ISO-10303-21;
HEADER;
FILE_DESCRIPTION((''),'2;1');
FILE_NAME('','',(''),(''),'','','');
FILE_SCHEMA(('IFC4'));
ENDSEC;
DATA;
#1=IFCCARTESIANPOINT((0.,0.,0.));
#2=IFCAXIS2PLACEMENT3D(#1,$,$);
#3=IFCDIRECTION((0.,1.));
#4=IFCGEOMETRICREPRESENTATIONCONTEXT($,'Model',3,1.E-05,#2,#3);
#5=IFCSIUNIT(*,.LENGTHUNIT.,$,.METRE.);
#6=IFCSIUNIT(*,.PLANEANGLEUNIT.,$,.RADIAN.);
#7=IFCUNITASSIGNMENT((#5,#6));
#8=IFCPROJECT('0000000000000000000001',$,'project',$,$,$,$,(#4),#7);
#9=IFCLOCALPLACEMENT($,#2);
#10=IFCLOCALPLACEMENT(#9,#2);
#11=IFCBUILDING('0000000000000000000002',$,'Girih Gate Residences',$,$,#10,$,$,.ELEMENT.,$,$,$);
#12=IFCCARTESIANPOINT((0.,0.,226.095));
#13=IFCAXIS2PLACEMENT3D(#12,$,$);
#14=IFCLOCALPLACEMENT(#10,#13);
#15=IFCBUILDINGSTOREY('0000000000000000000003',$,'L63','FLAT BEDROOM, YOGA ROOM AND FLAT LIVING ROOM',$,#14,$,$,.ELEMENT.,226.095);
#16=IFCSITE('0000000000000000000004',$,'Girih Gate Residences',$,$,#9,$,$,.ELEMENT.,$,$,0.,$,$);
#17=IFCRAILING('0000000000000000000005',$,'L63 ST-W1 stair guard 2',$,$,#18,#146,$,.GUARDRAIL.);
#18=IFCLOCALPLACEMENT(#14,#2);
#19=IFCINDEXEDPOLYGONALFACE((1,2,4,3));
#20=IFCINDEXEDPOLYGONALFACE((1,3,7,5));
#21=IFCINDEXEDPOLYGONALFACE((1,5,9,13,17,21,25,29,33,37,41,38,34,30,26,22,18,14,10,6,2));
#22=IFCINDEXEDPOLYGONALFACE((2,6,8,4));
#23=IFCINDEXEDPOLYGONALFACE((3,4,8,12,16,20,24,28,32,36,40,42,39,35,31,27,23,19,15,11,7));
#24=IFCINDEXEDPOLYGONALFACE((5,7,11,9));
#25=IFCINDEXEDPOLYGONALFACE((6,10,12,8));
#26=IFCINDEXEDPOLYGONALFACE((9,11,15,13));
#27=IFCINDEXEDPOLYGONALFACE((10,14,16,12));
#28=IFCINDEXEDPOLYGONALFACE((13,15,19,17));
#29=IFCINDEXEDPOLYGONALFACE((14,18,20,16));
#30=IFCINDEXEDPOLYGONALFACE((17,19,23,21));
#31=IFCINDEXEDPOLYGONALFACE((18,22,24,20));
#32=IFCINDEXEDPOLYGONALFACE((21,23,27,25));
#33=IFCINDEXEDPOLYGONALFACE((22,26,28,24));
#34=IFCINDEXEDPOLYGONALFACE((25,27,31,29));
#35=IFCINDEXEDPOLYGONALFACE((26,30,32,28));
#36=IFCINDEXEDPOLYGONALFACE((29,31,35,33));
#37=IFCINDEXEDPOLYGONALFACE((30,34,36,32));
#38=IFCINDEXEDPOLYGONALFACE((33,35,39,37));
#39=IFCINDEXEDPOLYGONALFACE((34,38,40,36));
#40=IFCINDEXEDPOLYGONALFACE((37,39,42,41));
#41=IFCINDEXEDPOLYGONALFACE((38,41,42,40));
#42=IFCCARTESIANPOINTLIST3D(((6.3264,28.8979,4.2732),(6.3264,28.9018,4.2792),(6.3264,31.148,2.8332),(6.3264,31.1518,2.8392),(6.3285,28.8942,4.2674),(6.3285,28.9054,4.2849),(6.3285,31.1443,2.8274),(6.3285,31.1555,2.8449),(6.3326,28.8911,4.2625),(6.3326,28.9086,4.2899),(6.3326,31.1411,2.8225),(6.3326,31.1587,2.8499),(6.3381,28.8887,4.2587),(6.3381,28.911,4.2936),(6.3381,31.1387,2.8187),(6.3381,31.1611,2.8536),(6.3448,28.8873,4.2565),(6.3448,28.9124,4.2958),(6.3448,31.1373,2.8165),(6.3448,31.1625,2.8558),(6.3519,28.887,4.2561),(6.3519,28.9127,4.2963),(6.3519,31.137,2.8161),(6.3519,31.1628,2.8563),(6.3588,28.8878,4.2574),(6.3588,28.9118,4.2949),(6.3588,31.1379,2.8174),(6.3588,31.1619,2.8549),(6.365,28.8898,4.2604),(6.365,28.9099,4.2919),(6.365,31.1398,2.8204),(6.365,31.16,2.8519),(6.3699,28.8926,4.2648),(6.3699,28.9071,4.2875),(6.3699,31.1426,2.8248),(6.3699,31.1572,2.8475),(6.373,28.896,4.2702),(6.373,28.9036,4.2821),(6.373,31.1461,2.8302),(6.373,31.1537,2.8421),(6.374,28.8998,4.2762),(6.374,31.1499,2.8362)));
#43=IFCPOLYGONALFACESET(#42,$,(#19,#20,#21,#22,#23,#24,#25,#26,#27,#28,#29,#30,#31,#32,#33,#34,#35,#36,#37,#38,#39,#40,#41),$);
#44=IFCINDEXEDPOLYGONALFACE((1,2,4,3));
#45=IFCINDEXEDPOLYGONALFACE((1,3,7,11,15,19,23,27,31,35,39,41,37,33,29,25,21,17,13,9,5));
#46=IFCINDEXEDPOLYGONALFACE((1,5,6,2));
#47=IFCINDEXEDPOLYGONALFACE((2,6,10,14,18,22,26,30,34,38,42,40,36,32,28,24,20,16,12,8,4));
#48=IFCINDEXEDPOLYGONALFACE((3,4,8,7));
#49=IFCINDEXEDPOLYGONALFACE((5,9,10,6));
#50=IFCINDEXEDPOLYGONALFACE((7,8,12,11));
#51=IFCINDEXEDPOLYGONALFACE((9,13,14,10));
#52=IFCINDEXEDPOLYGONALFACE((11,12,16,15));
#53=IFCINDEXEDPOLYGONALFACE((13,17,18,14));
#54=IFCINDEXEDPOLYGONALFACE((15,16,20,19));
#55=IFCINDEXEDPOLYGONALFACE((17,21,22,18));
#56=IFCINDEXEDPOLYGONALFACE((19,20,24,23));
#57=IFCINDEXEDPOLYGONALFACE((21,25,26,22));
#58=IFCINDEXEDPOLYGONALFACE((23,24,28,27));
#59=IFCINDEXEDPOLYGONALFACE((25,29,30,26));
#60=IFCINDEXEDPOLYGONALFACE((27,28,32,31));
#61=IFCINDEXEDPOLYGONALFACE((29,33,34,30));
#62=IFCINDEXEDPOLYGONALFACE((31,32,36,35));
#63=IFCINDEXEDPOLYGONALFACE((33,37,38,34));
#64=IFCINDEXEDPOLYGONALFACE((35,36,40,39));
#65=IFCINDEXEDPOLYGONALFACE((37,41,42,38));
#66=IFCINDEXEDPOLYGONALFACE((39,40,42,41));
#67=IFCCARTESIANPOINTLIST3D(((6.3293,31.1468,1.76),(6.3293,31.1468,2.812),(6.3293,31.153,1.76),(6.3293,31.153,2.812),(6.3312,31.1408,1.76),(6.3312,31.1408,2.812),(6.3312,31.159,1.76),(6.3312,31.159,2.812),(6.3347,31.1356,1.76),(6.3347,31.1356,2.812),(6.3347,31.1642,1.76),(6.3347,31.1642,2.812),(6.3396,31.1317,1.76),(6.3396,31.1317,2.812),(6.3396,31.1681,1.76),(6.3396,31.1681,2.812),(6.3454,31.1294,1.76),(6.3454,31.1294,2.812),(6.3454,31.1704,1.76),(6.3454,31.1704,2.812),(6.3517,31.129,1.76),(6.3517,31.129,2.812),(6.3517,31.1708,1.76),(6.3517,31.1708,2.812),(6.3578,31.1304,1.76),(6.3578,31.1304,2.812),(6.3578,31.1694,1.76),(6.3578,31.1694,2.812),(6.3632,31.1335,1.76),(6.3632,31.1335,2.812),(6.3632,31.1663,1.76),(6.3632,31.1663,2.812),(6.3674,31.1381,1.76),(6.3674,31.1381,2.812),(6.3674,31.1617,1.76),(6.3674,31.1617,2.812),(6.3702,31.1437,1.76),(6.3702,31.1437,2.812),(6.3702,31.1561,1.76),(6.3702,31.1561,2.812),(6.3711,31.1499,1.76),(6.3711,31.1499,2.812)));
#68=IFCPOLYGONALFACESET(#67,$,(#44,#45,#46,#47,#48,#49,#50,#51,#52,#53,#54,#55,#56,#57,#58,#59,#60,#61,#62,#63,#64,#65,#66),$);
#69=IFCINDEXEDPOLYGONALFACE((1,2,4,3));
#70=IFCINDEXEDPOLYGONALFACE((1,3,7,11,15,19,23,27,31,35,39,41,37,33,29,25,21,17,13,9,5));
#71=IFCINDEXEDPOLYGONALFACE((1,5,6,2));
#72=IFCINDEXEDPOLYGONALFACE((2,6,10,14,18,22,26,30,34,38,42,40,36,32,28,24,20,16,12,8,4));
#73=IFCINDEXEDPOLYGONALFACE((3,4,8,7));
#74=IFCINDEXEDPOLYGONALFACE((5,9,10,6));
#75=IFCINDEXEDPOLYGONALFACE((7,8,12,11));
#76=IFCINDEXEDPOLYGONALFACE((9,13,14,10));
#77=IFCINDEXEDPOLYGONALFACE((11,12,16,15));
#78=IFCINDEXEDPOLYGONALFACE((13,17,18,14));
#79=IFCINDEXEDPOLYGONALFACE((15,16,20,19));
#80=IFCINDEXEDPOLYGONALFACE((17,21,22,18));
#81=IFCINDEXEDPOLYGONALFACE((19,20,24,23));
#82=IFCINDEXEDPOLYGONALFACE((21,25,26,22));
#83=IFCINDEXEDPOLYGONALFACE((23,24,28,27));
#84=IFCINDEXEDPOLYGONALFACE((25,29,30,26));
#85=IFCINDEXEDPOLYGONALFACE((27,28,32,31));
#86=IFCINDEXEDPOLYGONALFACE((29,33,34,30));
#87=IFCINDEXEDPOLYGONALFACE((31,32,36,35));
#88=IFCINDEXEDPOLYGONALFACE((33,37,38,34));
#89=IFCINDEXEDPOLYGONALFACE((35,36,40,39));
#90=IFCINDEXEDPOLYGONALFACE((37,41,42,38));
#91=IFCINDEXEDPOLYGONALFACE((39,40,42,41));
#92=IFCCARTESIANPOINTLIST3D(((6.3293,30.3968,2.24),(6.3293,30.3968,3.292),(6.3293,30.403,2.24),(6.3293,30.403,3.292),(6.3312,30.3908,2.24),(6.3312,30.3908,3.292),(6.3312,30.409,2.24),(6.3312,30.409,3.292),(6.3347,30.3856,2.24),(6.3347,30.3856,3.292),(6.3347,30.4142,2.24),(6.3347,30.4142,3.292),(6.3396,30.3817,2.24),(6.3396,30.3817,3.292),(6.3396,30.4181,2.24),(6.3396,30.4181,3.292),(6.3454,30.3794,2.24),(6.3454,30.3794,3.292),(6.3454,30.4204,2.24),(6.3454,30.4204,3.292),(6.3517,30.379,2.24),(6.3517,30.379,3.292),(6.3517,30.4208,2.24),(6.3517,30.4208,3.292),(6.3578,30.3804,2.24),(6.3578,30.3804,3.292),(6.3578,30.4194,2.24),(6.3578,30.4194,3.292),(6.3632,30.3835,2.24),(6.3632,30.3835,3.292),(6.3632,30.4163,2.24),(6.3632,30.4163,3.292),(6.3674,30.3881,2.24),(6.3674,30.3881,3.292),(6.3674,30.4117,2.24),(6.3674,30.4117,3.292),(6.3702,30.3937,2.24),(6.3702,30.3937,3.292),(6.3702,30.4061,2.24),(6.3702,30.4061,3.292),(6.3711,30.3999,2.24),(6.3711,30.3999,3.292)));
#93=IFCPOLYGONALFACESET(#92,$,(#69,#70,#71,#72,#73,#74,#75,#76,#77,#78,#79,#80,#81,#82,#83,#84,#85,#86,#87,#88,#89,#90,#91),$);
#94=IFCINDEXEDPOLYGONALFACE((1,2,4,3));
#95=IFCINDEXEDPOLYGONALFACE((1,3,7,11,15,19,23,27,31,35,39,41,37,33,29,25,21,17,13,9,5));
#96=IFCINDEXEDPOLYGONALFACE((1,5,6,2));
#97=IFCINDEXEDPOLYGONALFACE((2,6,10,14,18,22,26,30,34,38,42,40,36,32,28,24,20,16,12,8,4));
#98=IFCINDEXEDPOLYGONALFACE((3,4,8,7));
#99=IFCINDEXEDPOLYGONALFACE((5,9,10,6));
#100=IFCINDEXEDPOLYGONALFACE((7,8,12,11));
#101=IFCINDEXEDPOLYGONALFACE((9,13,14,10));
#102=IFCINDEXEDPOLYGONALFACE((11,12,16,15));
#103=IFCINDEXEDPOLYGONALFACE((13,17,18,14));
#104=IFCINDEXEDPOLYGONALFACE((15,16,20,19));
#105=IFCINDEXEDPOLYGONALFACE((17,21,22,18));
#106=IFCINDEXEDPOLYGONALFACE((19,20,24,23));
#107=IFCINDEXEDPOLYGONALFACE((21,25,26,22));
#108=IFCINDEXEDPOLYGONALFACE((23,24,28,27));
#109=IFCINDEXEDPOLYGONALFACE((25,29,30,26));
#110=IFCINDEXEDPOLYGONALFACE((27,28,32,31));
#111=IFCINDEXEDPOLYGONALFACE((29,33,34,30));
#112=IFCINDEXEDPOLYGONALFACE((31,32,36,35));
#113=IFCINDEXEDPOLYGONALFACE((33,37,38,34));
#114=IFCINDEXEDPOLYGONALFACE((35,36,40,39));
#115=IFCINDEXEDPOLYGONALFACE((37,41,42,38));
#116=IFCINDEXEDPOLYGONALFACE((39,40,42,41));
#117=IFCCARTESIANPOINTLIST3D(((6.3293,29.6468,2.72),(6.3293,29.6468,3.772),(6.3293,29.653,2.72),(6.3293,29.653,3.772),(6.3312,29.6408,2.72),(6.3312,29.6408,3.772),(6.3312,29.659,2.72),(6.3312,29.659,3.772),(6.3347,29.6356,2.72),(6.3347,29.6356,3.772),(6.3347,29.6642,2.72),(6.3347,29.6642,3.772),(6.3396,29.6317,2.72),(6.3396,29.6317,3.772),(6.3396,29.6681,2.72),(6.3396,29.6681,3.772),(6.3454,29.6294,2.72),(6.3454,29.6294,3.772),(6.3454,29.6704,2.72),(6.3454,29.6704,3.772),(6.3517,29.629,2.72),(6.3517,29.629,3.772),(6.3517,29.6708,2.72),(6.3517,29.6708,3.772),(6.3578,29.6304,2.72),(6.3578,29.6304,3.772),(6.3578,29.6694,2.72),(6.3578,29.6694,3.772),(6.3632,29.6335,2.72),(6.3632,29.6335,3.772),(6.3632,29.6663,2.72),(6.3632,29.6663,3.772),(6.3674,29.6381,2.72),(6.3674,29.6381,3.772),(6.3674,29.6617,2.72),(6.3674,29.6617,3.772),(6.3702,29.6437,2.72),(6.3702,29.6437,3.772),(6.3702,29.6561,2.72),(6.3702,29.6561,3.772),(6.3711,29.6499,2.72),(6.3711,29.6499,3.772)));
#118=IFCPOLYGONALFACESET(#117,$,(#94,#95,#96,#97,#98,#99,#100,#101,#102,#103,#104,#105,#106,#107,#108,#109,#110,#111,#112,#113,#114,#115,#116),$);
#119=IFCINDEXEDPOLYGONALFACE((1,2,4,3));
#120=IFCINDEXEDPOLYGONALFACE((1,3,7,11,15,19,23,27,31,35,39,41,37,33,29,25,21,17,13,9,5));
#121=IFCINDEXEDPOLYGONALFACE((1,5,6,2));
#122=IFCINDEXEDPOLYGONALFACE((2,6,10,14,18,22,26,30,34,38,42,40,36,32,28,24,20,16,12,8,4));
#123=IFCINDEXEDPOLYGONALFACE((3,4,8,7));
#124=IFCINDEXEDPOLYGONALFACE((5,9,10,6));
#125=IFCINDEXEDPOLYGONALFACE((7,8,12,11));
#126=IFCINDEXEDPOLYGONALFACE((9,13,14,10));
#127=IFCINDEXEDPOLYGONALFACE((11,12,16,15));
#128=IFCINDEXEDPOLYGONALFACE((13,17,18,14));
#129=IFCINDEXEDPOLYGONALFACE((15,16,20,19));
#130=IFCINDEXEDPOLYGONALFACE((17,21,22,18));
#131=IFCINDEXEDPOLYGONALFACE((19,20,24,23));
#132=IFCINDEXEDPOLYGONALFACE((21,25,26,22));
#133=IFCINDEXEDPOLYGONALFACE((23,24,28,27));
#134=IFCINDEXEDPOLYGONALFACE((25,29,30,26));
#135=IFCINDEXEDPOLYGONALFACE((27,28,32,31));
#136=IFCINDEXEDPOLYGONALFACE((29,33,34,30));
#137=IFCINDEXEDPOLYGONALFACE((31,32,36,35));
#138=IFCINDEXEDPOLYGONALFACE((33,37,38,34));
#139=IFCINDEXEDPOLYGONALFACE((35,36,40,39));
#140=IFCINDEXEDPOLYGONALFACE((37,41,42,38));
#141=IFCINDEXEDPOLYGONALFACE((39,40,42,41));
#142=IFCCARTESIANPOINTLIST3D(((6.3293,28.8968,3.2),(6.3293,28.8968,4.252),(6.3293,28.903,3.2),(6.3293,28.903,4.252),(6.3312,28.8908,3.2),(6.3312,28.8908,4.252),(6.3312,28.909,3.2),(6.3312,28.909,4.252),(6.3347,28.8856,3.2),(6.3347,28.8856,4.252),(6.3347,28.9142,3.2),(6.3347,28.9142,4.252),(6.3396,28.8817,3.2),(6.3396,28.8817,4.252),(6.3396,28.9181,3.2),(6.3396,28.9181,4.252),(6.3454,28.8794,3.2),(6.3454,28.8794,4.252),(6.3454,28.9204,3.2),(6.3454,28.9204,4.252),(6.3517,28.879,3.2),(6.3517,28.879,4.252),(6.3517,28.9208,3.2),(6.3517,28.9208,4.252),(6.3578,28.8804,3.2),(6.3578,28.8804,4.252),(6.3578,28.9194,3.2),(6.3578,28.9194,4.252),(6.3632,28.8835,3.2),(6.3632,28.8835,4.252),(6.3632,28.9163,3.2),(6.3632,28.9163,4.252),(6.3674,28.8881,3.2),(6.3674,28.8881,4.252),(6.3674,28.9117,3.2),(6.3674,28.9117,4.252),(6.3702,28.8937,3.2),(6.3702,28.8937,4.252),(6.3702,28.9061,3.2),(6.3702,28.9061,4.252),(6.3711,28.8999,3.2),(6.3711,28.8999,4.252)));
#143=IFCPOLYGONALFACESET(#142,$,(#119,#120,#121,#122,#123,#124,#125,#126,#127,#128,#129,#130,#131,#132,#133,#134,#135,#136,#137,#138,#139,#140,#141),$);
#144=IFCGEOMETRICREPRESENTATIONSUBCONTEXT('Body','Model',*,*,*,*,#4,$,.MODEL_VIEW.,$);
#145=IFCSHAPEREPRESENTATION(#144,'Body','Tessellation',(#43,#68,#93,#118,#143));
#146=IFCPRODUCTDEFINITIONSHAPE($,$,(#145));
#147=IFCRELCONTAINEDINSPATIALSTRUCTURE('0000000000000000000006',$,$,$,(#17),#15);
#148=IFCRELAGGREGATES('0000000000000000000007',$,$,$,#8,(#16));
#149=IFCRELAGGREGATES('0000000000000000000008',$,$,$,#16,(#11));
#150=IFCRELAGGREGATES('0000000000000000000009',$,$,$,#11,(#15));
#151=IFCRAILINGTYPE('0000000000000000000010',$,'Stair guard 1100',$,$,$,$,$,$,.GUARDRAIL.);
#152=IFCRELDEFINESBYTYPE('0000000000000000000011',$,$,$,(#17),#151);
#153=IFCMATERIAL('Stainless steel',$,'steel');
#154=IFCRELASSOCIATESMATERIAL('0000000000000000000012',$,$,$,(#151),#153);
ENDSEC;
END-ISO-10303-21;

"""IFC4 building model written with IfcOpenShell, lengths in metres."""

from ifc_helpers import new_model, si_unit, direction, frame, origin, origin_2d, place, context, subcontext, project, spatial, circle, extrude, material, type_object, element, save


model = new_model("IFC4")

# Units and contexts
model_context = context("Model", 3, precision=1e-05, world=origin(), true_north=direction((0.0, 1.0)))
body_context = subcontext(model_context, "Body", "Model", "MODEL_VIEW")
ifc_project = project(units=[si_unit("LENGTHUNIT", "METRE"), si_unit("PLANEANGLEUNIT", "RADIAN")], contexts=[model_context])

# Site, building, storey
site_placement = place(None, origin())
site = spatial("IfcSite", under=ifc_project, at=site_placement, Name="Girih Gate Residences", CompositionType="ELEMENT", RefElevation=0.0)
building_placement = place(site_placement, origin())
building = spatial("IfcBuilding", under=site, at=building_placement, Name="Girih Gate Residences", CompositionType="ELEMENT")
storey_placement = place(building_placement, frame((0.0, 0.0, 226.095)))
storey = spatial("IfcBuildingStorey", under=building, at=storey_placement, Name="L63", Description="FLAT BEDROOM, YOGA ROOM AND FLAT LIVING ROOM", CompositionType="ELEMENT", Elevation=226.095)

# Shared definitions
ifc_material_1 = material(Name="Stainless steel", Category="steel")

# Railing
railing_type_1 = type_object("IfcRailingType", Name="Stair guard 1100", PredefinedType="GUARDRAIL", material=ifc_material_1)
railing_1_placement = place(storey_placement, frame((6.3501, 31.1499, 1.76)))
element("IfcRailing", 1, at=railing_1_placement, inside=storey, type_object=railing_type_1, Name="L63 ST-W1 stair guard 2", PredefinedType="GUARDRAIL", context=body_context, shape_type="SweptSolid", body=[
    extrude(circle(Radius=0.0239, at=origin_2d()), frame((0.0, 0.0, 1.0762), z_axis=(0.0, -0.842281, 0.539038), x_axis=(1.0, 0.0, 0.0)), (0.0, 0.0, 1.0), 2.6714),
    extrude(circle(Radius=0.021, at=origin_2d()), origin(), (0.0, 0.0, 1.0), 1.052),
    extrude(circle(Radius=0.021, at=origin_2d()), frame((0.0, -0.75, 0.48)), (0.0, 0.0, 1.0), 1.052),
    extrude(circle(Radius=0.021, at=origin_2d()), frame((0.0, -1.5, 0.96)), (0.0, 0.0, 1.0), 1.052),
    extrude(circle(Radius=0.021, at=origin_2d()), frame((0.0, -2.25, 1.4399)), (0.0, 0.0, 1.0), 1.052),
])

save(model, "model.ifc")
